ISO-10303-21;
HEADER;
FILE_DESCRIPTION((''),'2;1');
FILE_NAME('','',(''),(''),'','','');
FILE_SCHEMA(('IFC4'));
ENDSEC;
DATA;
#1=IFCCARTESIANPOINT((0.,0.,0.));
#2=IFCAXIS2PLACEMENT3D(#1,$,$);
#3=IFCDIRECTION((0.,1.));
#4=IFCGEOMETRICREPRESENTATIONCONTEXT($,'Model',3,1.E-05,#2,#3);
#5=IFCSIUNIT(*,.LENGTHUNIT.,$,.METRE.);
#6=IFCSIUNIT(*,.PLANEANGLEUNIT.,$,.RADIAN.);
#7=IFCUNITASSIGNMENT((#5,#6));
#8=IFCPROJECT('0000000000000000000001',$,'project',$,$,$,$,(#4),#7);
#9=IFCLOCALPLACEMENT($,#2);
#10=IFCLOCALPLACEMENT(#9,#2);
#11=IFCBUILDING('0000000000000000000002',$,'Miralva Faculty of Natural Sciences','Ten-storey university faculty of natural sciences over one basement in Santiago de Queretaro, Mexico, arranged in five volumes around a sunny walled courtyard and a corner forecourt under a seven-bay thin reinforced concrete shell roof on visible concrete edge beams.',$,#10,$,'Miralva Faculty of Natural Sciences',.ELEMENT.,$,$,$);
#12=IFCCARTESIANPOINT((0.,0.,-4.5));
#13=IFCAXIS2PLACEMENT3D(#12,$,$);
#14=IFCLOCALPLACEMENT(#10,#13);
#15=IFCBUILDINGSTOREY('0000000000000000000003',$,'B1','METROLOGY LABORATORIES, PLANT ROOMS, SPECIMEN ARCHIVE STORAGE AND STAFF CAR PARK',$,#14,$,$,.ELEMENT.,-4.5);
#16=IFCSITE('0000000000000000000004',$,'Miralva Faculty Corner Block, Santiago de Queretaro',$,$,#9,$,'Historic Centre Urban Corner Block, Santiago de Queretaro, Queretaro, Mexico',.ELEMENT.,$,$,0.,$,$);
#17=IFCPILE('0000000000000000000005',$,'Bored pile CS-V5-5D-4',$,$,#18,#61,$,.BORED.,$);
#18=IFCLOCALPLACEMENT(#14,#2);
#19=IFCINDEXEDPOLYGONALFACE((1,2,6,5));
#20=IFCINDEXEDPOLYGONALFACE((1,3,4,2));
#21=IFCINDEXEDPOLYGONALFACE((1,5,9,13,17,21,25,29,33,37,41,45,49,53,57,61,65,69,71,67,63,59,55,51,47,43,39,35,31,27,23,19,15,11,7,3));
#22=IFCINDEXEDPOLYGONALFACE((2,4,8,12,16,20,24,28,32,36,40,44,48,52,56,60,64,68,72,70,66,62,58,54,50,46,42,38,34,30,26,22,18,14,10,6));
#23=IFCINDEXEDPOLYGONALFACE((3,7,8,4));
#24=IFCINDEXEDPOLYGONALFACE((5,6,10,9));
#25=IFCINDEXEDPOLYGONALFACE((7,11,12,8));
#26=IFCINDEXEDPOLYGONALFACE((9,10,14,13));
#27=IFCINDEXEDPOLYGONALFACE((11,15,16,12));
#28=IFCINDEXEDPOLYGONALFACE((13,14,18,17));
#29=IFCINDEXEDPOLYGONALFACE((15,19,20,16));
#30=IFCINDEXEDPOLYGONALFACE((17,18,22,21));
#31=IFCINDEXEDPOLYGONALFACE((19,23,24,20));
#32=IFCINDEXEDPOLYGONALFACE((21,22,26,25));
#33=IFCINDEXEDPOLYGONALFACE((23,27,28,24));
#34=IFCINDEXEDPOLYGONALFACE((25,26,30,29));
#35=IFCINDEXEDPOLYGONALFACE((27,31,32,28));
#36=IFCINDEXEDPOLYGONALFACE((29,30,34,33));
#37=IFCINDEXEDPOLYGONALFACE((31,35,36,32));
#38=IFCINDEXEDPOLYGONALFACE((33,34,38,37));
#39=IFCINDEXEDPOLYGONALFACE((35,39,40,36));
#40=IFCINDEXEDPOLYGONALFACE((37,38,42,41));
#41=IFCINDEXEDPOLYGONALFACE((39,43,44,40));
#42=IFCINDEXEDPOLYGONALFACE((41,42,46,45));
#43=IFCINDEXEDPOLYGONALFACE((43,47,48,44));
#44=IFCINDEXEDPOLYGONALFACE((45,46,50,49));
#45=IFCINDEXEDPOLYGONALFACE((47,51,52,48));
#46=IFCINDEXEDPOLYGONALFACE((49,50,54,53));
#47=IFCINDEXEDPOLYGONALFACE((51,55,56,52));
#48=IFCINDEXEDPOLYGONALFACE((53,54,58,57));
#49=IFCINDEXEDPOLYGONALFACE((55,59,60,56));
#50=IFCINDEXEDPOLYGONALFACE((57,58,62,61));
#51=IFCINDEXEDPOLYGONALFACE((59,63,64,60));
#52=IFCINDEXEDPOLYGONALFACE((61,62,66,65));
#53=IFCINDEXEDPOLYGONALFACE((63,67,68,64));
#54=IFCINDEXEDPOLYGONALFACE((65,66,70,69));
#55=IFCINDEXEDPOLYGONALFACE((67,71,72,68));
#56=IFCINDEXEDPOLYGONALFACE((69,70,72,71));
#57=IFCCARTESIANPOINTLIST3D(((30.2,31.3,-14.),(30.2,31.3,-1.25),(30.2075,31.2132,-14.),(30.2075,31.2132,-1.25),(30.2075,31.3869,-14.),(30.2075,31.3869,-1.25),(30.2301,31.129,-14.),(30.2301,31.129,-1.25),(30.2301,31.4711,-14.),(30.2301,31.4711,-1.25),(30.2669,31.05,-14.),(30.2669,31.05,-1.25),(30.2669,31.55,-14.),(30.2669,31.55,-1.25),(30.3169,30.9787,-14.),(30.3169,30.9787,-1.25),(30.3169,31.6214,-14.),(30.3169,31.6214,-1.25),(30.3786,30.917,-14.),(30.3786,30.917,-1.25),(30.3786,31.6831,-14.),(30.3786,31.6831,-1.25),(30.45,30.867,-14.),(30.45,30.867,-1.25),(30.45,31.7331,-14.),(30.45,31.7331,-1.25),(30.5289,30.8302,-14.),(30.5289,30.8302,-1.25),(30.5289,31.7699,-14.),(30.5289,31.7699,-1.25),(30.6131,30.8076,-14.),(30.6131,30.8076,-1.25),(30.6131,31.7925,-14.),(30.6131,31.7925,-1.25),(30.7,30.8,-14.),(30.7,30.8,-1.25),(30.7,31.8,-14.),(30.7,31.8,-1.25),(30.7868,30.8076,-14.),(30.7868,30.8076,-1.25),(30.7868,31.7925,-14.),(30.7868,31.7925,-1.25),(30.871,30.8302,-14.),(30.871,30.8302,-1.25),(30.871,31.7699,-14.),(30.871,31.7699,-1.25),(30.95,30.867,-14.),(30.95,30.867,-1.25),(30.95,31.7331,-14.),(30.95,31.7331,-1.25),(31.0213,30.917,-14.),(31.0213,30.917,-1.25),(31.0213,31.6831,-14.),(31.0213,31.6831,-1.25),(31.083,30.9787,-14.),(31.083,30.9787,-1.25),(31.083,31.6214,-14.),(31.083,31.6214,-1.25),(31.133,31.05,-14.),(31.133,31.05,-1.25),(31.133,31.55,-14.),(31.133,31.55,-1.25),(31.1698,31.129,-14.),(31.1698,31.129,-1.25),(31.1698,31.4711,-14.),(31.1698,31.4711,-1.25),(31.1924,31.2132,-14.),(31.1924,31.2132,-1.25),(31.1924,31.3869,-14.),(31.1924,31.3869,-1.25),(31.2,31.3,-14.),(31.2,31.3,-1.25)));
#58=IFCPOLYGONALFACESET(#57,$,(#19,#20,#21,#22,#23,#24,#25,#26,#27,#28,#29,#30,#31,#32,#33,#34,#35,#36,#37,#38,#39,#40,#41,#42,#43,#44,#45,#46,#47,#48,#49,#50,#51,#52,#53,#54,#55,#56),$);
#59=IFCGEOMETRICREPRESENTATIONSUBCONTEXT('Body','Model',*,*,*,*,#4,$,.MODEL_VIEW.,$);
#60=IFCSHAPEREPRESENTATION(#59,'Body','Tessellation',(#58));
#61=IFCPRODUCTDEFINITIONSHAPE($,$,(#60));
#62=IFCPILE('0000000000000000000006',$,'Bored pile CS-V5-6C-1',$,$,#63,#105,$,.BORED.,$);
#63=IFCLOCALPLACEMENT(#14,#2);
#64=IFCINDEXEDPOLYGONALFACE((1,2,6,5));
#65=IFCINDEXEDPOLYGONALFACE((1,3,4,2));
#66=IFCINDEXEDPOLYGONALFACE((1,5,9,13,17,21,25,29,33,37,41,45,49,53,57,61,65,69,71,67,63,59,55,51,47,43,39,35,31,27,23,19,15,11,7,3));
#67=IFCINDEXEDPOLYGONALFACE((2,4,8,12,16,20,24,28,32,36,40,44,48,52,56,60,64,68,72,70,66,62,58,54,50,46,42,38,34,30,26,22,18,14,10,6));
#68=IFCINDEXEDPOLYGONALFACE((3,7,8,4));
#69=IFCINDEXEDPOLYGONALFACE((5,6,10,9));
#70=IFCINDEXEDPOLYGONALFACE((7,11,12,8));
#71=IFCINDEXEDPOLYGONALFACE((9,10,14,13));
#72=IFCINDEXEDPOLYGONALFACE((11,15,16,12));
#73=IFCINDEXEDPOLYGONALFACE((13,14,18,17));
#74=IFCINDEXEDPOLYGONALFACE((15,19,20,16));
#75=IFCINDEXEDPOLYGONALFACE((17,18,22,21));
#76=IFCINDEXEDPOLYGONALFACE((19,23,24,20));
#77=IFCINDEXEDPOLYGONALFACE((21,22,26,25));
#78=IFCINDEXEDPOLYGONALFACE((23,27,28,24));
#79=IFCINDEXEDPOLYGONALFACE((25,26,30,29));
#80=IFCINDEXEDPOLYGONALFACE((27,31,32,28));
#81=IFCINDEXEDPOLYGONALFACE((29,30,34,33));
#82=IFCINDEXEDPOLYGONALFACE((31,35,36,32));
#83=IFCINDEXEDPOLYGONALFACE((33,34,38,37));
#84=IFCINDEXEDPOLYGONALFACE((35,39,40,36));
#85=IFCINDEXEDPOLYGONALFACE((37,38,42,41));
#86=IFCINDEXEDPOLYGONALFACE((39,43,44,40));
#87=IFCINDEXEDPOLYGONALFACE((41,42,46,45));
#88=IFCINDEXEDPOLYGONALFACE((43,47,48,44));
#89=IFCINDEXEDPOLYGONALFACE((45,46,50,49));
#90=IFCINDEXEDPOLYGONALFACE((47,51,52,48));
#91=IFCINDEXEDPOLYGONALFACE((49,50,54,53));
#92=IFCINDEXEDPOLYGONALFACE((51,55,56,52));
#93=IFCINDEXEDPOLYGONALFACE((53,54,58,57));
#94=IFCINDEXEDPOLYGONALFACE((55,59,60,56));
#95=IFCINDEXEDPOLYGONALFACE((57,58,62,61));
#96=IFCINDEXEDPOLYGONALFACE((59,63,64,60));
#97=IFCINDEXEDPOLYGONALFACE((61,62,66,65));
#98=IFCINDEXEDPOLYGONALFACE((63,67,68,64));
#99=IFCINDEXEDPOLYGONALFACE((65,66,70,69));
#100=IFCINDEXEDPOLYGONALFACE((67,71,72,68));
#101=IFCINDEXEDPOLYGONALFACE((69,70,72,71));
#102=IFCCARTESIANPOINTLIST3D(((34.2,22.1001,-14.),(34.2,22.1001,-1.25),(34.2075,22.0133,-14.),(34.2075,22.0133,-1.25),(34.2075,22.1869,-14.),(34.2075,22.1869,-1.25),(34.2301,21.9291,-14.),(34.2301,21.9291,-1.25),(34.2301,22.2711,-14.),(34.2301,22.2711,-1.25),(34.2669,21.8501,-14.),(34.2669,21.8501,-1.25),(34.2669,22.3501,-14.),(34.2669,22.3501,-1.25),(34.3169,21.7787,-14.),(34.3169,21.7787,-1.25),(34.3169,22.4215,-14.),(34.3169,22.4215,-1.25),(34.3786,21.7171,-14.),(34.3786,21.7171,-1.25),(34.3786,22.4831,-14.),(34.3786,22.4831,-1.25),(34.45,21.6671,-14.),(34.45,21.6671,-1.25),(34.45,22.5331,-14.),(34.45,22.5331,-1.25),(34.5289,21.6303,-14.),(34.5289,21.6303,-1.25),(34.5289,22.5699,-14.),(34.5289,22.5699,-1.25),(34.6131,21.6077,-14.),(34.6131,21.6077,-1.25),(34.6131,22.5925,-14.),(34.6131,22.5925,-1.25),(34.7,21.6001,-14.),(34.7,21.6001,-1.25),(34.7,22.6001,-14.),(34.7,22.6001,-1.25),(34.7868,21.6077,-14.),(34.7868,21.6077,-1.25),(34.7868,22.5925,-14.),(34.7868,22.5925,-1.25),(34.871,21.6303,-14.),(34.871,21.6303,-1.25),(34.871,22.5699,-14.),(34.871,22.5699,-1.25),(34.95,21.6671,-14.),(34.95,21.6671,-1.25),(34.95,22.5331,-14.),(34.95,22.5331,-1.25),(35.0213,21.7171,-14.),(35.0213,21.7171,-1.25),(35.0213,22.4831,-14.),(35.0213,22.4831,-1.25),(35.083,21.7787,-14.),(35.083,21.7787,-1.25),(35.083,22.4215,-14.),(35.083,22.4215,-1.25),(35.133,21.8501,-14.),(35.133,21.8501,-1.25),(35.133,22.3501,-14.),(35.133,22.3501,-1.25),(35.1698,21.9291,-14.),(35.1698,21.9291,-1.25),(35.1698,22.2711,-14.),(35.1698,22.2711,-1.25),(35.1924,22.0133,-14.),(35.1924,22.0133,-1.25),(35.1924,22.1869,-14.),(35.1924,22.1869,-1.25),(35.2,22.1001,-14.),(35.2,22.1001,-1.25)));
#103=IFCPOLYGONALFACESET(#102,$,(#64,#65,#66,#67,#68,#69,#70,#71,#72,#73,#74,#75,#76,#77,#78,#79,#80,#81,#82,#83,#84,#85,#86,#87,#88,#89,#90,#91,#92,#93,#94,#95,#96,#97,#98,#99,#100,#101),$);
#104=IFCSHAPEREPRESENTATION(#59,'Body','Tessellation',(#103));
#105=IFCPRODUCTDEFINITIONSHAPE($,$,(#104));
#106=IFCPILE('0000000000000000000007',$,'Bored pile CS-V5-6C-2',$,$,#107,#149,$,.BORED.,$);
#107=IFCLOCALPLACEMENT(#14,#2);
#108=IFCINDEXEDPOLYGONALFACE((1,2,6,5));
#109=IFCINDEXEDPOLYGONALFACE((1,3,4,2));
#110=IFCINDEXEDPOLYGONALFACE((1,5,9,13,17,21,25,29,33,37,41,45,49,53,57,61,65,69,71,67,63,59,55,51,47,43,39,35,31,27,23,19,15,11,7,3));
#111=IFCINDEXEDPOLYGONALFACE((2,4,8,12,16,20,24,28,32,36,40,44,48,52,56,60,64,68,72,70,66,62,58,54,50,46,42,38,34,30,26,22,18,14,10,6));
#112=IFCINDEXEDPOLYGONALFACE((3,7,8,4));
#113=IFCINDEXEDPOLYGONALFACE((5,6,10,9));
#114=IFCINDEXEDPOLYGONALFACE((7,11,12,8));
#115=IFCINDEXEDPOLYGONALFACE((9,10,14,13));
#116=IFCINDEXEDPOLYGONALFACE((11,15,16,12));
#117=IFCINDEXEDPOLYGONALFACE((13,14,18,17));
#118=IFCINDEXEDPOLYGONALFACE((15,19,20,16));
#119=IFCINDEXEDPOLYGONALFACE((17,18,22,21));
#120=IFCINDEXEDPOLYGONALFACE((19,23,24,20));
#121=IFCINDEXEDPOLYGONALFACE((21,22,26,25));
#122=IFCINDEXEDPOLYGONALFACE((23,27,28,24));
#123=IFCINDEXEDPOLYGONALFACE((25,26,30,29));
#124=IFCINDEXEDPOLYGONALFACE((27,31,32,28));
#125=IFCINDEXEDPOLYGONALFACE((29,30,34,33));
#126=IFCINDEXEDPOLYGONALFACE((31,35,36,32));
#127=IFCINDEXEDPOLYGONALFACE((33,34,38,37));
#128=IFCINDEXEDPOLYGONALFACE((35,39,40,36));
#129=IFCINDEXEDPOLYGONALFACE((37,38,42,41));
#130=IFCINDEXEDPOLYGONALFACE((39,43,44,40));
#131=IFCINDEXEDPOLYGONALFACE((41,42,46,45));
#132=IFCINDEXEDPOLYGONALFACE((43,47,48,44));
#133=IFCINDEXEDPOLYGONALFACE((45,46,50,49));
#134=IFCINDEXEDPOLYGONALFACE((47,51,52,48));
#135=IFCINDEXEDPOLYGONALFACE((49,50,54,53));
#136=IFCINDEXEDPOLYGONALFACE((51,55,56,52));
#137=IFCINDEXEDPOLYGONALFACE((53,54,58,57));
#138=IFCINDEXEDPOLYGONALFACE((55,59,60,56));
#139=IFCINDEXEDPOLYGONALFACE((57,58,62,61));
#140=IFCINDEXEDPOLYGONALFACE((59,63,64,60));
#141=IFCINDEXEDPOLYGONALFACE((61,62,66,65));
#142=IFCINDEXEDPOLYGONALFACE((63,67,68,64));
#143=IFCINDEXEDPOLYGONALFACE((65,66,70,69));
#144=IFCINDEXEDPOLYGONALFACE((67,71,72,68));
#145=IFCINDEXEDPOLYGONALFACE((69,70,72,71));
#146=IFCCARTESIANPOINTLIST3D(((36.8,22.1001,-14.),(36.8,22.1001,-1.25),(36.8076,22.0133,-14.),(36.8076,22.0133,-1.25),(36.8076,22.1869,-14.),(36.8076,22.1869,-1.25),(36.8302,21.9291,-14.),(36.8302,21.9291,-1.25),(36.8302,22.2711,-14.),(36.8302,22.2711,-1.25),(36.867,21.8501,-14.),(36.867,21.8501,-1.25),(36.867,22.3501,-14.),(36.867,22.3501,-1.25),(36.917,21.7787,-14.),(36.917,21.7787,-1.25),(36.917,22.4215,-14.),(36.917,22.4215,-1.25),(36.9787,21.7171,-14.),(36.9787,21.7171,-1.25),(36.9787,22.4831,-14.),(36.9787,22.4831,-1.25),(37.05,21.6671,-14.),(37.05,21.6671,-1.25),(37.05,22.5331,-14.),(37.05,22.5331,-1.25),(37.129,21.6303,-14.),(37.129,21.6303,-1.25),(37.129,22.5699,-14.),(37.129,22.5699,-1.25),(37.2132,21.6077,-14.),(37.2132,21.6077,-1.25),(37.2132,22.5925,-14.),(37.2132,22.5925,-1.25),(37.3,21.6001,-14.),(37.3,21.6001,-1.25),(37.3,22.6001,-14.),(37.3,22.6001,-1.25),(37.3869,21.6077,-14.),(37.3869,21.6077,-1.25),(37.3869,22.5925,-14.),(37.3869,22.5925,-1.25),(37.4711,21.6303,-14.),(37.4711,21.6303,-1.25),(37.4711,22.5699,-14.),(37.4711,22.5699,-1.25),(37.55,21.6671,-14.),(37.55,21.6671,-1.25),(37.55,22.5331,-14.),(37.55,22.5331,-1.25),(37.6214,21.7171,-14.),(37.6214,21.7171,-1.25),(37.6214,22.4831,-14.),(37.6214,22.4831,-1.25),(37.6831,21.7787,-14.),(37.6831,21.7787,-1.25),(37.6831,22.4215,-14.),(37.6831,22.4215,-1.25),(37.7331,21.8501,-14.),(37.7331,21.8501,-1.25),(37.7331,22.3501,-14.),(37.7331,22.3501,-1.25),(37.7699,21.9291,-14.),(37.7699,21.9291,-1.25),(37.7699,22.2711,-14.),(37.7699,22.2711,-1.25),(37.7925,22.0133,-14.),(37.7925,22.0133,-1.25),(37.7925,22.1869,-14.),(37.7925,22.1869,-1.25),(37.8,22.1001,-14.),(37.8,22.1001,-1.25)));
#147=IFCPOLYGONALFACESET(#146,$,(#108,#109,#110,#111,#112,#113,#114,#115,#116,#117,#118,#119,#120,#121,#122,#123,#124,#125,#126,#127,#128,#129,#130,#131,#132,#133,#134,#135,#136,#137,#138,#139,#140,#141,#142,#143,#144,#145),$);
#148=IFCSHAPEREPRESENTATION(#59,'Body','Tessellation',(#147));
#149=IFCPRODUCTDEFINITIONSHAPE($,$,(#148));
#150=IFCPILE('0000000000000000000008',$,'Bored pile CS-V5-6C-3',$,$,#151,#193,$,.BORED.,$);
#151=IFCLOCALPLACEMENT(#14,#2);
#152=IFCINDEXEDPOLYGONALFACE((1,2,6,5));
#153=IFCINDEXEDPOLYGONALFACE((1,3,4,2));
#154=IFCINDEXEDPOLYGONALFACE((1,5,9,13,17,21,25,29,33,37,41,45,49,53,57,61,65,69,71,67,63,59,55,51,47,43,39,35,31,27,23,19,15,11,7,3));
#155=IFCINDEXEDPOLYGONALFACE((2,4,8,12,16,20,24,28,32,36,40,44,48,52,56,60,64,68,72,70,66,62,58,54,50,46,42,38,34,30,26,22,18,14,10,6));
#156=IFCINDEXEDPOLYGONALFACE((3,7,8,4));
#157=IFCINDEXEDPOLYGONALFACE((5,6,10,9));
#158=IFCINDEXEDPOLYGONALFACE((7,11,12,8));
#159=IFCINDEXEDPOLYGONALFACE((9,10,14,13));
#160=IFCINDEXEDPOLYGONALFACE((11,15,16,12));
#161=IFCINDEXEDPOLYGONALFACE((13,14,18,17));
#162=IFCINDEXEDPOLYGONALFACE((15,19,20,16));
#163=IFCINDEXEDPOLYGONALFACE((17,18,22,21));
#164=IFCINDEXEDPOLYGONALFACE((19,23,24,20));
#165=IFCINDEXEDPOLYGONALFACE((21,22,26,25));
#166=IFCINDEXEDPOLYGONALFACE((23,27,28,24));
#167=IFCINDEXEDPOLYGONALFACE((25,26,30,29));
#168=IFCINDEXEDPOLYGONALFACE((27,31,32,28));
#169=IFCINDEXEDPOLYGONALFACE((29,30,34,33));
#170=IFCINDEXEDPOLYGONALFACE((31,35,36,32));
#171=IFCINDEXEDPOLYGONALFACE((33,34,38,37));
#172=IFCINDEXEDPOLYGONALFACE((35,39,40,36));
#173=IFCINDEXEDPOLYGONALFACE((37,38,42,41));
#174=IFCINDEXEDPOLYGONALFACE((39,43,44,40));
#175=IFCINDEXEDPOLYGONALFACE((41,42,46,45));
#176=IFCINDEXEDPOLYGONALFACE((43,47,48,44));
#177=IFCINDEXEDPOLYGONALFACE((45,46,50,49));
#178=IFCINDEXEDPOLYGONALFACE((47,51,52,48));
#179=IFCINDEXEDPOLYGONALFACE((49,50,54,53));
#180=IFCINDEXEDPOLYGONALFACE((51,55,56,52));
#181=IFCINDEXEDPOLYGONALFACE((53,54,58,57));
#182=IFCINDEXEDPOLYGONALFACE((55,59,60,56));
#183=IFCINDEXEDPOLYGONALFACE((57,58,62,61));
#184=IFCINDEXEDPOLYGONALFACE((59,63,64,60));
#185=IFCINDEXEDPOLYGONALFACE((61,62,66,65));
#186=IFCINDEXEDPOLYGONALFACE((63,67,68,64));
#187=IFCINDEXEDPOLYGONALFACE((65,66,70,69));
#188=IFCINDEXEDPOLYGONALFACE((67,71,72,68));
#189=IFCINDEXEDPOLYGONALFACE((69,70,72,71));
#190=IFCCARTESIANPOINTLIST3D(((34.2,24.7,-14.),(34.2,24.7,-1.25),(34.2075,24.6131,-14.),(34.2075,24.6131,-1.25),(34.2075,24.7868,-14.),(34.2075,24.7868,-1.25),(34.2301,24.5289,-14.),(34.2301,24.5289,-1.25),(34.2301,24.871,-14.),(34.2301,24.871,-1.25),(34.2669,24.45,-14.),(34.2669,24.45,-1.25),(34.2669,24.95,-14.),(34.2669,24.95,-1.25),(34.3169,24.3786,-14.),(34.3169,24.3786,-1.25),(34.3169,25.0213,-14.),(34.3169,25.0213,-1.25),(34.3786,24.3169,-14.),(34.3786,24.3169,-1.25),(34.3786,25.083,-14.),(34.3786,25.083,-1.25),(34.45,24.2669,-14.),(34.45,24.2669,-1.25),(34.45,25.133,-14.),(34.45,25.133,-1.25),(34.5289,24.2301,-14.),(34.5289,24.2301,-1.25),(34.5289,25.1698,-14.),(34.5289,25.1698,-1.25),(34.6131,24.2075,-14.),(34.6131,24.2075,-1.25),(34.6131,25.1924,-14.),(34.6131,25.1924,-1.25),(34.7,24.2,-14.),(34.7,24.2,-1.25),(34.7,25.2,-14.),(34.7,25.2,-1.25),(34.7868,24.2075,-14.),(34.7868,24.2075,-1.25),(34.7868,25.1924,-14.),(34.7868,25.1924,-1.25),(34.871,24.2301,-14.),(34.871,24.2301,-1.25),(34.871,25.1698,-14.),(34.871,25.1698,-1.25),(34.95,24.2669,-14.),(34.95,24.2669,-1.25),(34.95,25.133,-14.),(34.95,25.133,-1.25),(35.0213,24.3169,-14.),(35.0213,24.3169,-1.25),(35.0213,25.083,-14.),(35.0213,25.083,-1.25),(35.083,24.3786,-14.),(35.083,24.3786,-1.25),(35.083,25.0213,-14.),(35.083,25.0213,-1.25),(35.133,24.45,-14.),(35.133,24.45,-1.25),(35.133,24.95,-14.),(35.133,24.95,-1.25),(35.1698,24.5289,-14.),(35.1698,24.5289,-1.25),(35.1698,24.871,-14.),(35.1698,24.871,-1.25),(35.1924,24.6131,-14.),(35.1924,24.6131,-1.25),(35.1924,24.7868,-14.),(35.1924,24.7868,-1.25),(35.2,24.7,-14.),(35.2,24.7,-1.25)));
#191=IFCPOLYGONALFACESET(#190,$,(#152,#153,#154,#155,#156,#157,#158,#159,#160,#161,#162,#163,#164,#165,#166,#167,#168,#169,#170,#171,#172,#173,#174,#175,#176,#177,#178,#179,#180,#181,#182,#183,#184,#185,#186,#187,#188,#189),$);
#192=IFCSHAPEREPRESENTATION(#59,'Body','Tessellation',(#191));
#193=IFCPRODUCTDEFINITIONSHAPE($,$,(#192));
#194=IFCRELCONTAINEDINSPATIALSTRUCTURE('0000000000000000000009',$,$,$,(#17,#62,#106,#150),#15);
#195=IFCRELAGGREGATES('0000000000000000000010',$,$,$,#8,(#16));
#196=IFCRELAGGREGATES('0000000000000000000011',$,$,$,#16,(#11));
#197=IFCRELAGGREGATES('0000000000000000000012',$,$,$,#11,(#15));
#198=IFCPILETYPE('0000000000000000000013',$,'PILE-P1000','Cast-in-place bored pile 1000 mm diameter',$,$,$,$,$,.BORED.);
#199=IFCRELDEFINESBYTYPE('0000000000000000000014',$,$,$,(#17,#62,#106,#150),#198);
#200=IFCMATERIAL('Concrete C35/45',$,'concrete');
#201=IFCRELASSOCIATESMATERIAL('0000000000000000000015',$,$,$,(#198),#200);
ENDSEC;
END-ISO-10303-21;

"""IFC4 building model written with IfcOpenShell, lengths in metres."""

from ifc_helpers import new_model, si_unit, direction, frame, origin, origin_2d, place, context, subcontext, project, spatial, circle, extrude, material, material_profile, profile_set, type_object, element, save


model = new_model("IFC4")

# Units and contexts
model_context = context("Model", 3, precision=1e-05, world=origin(), true_north=direction((0.0, 1.0)))
body_context = subcontext(model_context, "Body", "Model", "MODEL_VIEW")
ifc_project = project(units=[si_unit("LENGTHUNIT", "METRE"), si_unit("PLANEANGLEUNIT", "RADIAN")], contexts=[model_context])

# Site, building, storey
site_placement = place(None, origin())
site = spatial("IfcSite", under=ifc_project, at=site_placement, Name="Miralva Faculty Corner Block, Santiago de Queretaro", LongName="Historic Centre Urban Corner Block, Santiago de Queretaro, Queretaro, Mexico", CompositionType="ELEMENT", RefElevation=0.0)
building_placement = place(site_placement, origin())
building = spatial("IfcBuilding", under=site, at=building_placement, Name="Miralva Faculty of Natural Sciences", Description="Ten-storey university faculty of natural sciences over one basement in Santiago de Queretaro, Mexico, arranged in five volumes around a sunny walled courtyard and a corner forecourt under a seven-bay thin reinforced concrete shell roof on visible concrete edge beams.", LongName="Miralva Faculty of Natural Sciences", CompositionType="ELEMENT")
storey_placement = place(building_placement, frame((0.0, 0.0, -4.5)))
storey = spatial("IfcBuildingStorey", under=building, at=storey_placement, Name="B1", Description="METROLOGY LABORATORIES, PLANT ROOMS, SPECIMEN ARCHIVE STORAGE AND STAFF CAR PARK", CompositionType="ELEMENT", Elevation=-4.5)

# Shared definitions
ifc_material_1 = material(Name="Concrete C35/45", Category="concrete")

# Piles
ifc_material_profile_1 = material_profile(ifc_material_1, circle(Radius=0.5, at=origin_2d()), Name="BORED PILE 1000")
ifc_profile_set_1 = profile_set([ifc_material_profile_1], Name="Concrete C35/45")
pile_type = type_object("IfcPileType", Name="PILE-P1000", Description="Cast-in-place bored pile 1000 mm diameter", PredefinedType="BORED", material=ifc_profile_set_1)
for number, where, z_axis, x_axis, name in (
    (1, (30.7, 31.3, -1.25), (0.0, 0.0, -1.0), (1.0, 0.0, 0.0), "Bored pile CS-V5-5D-4"),
    (2, (34.7, 22.1001, -1.25), (0.0, 0.0, -1.0), (1.0, 0.0, 0.0), "Bored pile CS-V5-6C-1"),
    (3, (37.3, 22.1001, -1.25), (0.0, 0.0, -1.0), (1.0, 0.0, 0.0), "Bored pile CS-V5-6C-2"),
    (4, (34.7, 24.7, -1.25), (0.0, 0.0, -1.0), (1.0, 0.0, 0.0), "Bored pile CS-V5-6C-3"),
):
    element("IfcPile", number, at=place(storey_placement, frame(where, z_axis=z_axis, x_axis=x_axis)), inside=storey, type_object=pile_type, Name=name, PredefinedType="BORED", context=body_context, shape_type="SweptSolid", body=[
        extrude(circle(Radius=0.5, at=origin_2d()), origin(), (0.0, 0.0, 1.0), 12.75),
    ])

save(model, "model.ifc")
